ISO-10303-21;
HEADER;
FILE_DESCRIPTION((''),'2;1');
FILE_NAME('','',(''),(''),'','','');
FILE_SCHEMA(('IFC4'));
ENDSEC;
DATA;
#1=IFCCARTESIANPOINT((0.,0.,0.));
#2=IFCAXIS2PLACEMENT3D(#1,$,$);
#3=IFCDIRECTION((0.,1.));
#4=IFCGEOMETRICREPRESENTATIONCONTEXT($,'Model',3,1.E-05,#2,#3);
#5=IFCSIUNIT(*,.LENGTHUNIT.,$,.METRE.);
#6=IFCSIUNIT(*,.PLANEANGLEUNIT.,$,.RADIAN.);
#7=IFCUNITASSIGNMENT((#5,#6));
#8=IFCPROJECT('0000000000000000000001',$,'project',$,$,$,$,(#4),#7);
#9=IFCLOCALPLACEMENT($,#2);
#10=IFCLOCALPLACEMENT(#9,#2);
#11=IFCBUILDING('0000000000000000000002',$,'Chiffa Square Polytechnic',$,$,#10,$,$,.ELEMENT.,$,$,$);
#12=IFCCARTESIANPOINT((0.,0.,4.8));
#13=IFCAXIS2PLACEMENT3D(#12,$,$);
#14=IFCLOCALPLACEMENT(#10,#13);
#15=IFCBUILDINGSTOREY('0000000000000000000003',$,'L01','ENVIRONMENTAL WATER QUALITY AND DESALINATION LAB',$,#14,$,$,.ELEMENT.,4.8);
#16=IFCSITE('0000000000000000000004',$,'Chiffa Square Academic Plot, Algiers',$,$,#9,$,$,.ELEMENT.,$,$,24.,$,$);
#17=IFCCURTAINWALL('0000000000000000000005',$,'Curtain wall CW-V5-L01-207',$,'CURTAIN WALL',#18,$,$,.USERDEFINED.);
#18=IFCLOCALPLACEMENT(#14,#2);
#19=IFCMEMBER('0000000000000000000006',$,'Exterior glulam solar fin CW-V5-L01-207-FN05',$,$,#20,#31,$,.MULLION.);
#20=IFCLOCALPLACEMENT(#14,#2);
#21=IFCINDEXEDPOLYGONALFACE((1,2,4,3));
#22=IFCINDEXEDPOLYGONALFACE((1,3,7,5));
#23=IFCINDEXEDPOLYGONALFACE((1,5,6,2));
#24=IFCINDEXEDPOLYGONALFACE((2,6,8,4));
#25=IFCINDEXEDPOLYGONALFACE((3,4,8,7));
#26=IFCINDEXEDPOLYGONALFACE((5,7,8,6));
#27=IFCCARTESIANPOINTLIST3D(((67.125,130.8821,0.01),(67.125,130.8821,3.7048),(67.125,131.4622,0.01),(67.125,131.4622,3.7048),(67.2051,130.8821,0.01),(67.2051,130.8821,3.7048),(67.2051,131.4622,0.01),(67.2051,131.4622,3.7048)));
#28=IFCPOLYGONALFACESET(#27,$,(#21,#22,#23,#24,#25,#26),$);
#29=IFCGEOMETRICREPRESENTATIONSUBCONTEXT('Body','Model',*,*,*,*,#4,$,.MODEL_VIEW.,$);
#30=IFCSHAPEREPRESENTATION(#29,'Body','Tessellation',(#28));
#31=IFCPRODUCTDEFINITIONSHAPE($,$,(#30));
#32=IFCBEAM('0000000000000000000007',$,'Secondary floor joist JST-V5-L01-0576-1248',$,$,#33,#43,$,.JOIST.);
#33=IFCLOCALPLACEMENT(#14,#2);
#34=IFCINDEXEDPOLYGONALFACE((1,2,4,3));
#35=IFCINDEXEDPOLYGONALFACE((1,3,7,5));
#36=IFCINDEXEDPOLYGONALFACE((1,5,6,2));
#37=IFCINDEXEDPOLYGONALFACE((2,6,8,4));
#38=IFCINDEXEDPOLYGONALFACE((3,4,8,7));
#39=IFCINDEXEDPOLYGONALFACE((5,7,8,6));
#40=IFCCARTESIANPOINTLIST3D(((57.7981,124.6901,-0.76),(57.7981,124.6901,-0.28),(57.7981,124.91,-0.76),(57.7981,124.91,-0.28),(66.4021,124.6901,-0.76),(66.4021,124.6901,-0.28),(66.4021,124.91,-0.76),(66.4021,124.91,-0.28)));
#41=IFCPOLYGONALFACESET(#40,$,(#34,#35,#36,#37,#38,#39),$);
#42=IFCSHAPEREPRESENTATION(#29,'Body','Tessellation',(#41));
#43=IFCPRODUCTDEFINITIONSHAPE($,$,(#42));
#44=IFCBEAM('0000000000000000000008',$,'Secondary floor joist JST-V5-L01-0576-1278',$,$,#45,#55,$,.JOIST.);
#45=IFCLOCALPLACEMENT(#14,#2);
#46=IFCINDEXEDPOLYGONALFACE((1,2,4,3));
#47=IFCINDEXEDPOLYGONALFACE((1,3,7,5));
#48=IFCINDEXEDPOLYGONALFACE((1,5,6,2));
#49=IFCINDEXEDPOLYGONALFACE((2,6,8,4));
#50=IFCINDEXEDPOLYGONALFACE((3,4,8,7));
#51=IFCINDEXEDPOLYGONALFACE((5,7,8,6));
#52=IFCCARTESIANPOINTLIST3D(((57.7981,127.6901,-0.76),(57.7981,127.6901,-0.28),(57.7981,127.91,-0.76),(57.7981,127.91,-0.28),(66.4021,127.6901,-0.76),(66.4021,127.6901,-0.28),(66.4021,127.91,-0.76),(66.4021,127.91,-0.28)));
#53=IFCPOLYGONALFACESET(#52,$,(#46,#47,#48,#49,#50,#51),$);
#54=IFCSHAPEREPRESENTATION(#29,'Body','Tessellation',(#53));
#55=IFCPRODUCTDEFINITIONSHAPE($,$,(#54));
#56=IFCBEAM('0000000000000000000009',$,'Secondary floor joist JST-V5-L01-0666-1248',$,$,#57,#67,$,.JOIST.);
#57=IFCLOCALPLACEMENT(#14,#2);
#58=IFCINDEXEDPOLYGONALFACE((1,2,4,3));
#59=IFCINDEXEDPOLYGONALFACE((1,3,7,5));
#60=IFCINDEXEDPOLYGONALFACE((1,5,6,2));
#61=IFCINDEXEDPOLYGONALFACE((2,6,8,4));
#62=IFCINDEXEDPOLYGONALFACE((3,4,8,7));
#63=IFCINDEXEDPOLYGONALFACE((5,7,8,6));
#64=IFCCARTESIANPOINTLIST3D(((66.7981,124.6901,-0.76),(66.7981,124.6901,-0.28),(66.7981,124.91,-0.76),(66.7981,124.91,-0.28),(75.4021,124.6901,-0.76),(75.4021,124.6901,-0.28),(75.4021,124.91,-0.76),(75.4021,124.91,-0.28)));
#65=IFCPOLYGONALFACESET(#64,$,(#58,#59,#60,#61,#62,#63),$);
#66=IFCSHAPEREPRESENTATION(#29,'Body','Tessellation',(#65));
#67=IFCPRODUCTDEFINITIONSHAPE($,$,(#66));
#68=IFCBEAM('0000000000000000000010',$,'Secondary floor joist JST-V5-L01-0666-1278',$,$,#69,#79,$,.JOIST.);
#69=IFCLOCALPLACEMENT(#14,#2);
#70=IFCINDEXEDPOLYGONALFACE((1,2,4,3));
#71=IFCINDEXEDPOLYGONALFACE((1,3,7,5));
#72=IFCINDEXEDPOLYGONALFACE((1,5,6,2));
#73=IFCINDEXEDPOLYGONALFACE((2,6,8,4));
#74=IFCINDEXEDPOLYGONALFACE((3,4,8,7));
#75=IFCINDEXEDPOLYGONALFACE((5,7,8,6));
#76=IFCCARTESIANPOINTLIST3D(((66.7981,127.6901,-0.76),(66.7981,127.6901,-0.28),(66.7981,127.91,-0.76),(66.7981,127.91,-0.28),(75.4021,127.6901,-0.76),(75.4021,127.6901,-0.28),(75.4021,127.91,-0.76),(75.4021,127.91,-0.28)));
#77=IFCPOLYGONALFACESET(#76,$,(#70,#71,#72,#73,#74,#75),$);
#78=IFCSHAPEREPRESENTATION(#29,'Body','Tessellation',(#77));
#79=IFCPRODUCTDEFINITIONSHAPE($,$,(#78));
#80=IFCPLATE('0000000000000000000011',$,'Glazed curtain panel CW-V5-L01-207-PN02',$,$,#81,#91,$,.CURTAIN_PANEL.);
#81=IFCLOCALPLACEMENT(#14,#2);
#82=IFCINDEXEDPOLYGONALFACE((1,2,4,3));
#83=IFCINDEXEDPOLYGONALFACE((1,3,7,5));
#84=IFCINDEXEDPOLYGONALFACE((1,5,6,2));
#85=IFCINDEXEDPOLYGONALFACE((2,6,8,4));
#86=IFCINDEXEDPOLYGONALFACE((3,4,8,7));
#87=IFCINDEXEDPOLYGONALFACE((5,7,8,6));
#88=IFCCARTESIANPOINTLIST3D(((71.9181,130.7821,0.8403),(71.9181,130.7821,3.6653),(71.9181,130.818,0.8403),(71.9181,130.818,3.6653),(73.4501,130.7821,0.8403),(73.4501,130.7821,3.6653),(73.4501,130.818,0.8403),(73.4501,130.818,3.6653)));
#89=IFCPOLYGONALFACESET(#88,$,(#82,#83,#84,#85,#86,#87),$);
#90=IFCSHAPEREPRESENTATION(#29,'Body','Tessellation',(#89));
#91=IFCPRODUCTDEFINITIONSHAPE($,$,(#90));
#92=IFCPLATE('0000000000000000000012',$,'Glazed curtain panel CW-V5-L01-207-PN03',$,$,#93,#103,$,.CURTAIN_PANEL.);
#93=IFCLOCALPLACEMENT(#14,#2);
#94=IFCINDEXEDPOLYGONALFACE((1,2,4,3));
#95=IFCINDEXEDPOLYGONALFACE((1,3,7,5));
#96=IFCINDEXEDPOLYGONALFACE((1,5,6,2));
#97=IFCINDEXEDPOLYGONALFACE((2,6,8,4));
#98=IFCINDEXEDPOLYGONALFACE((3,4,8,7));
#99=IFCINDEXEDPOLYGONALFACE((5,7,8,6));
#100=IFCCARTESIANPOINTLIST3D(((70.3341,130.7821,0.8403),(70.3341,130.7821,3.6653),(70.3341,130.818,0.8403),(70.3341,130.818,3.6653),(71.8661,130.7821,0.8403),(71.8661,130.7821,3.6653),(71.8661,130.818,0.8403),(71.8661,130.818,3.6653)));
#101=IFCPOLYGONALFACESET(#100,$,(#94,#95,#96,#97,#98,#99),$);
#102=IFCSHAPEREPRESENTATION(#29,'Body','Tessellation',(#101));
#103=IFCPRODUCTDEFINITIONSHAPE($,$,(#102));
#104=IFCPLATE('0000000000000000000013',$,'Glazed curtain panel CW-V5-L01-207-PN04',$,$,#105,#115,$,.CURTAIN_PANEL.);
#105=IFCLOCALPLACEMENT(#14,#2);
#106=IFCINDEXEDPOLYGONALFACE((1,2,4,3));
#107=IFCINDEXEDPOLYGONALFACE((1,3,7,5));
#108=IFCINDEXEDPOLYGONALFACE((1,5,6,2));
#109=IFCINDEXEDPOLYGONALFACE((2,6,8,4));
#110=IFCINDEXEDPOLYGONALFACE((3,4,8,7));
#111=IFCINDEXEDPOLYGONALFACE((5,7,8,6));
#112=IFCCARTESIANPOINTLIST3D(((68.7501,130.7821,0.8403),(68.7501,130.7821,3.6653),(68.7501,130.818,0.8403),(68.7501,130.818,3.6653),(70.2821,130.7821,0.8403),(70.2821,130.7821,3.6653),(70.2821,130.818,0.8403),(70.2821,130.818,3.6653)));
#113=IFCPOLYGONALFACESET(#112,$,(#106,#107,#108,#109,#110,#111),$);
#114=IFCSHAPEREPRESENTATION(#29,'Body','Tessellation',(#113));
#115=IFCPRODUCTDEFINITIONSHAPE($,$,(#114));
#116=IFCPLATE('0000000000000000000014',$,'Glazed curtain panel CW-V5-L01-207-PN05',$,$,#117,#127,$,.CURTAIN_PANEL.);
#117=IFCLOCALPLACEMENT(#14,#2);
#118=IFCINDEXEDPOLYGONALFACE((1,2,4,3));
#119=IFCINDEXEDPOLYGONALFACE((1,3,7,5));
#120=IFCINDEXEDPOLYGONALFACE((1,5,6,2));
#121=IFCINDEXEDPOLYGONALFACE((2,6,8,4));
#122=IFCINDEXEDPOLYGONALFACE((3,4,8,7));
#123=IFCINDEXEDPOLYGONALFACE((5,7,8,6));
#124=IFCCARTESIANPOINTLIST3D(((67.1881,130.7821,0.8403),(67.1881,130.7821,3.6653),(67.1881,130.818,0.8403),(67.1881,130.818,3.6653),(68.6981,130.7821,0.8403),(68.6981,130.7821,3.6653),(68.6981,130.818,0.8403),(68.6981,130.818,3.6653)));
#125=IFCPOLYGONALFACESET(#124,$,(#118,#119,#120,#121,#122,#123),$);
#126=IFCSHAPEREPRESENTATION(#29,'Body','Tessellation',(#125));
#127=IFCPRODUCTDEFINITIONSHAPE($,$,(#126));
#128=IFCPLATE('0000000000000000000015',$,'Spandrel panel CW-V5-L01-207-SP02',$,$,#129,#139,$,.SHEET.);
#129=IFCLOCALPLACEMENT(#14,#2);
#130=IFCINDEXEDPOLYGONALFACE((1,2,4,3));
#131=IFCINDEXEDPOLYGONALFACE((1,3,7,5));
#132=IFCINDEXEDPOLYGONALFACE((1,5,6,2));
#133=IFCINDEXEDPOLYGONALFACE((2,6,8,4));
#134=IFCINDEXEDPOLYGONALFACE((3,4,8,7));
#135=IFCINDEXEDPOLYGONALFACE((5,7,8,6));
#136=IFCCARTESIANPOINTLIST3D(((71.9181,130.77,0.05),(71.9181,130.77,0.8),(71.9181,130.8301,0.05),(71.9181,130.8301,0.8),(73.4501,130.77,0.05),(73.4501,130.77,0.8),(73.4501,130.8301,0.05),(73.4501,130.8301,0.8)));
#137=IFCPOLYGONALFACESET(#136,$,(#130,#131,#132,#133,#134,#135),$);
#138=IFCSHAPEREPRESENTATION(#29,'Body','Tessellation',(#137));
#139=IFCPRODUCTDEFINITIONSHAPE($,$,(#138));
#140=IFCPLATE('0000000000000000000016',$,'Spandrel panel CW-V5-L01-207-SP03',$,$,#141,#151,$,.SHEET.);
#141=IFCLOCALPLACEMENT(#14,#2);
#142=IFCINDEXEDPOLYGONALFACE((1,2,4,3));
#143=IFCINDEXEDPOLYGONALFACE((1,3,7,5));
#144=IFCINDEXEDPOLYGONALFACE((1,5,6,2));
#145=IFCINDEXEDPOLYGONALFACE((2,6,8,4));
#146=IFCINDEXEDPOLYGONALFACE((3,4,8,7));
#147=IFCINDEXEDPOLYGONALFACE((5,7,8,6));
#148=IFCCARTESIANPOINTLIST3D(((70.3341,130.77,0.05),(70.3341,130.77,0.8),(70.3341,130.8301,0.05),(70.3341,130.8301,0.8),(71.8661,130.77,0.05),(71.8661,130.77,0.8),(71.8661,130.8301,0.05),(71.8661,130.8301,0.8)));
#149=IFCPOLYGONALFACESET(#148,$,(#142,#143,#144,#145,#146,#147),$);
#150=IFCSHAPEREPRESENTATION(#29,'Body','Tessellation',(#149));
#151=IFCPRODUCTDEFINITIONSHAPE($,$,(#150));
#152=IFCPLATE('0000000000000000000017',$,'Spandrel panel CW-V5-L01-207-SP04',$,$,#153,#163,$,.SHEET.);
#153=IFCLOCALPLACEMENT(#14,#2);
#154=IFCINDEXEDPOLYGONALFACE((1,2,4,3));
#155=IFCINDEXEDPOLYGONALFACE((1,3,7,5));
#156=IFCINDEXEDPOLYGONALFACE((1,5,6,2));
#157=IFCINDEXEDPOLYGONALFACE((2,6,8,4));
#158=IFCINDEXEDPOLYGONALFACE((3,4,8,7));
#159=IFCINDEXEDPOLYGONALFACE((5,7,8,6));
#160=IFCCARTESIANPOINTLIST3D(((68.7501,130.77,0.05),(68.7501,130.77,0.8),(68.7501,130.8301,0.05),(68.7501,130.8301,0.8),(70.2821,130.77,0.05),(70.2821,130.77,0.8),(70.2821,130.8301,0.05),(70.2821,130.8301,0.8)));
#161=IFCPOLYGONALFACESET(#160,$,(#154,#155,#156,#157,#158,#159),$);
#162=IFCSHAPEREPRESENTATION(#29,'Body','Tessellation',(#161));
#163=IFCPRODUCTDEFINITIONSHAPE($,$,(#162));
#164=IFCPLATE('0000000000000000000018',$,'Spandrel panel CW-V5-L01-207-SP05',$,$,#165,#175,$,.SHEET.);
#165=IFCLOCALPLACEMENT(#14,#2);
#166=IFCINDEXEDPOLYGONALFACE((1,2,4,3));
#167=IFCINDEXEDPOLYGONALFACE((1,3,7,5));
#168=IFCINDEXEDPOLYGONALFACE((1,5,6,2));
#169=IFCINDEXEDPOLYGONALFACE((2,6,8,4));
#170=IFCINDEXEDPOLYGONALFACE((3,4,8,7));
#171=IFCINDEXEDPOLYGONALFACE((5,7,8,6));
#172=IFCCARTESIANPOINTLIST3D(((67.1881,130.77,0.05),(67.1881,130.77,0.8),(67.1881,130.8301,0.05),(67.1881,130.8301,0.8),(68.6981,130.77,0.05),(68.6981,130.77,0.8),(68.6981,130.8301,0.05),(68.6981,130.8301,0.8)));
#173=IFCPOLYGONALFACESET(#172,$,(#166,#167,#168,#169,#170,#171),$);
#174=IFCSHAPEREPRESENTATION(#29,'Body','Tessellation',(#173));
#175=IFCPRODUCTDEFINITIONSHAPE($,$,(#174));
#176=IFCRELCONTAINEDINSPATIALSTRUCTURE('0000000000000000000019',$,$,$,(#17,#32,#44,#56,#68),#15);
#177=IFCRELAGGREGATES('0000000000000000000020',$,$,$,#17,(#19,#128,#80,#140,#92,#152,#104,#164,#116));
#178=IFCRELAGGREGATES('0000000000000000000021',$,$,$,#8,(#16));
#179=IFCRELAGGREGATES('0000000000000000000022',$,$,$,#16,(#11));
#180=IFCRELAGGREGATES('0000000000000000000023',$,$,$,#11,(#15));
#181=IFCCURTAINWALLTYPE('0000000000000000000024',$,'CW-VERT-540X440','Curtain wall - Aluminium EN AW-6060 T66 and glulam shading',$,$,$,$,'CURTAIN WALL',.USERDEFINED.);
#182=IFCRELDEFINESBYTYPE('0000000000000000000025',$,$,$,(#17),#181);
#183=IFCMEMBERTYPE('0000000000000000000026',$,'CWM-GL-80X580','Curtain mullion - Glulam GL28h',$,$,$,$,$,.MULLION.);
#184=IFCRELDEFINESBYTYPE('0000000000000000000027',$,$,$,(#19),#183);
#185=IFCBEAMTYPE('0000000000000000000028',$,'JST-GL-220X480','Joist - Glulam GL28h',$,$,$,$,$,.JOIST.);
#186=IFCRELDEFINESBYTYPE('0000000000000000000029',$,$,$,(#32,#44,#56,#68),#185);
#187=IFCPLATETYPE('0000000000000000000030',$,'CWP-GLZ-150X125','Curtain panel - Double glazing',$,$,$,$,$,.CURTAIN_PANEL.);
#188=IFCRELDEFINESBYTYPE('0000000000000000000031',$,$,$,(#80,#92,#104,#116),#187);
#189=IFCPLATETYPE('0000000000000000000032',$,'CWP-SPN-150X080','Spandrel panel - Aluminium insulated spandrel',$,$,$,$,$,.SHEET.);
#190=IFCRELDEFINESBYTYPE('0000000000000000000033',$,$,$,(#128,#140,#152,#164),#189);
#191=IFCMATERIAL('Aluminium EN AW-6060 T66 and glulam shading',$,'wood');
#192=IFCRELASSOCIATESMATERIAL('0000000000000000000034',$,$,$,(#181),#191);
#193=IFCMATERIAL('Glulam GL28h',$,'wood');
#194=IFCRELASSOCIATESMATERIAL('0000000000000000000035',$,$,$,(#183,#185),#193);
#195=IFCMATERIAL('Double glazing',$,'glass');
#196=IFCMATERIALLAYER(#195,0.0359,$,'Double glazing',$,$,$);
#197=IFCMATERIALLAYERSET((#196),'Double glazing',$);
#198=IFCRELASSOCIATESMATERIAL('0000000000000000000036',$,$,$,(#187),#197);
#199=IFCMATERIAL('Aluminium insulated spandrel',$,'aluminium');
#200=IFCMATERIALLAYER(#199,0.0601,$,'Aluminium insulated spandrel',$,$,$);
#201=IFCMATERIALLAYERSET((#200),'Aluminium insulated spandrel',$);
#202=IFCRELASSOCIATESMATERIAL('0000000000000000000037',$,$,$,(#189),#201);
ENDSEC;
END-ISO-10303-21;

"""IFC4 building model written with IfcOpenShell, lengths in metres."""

from ifc_helpers import new_model, si_unit, direction, frame, origin, origin_2d, place, context, subcontext, project, spatial, rectangle, extrude, material, layer, layer_set, material_profile, profile_set, type_object, element, aggregate, save


model = new_model("IFC4")

# Units and contexts
model_context = context("Model", 3, precision=1e-05, world=origin(), true_north=direction((0.0, 1.0)))
body_context = subcontext(model_context, "Body", "Model", "MODEL_VIEW")
ifc_project = project(units=[si_unit("LENGTHUNIT", "METRE"), si_unit("PLANEANGLEUNIT", "RADIAN")], contexts=[model_context])

# Site, building, storey
site_placement = place(None, origin())
site = spatial("IfcSite", under=ifc_project, at=site_placement, Name="Chiffa Square Academic Plot, Algiers", CompositionType="ELEMENT", RefElevation=24.0)
building_placement = place(site_placement, origin())
building = spatial("IfcBuilding", under=site, at=building_placement, Name="Chiffa Square Polytechnic", CompositionType="ELEMENT")
storey_placement = place(building_placement, frame((0.0, 0.0, 4.8)))
storey = spatial("IfcBuildingStorey", under=building, at=storey_placement, Name="L01", Description="ENVIRONMENTAL WATER QUALITY AND DESALINATION LAB", CompositionType="ELEMENT", Elevation=4.8)

# Curtain wall, member
ifc_material_1 = material(Name="Aluminium EN AW-6060 T66 and glulam shading", Category="wood")
curtain_wall_type = type_object("IfcCurtainWallType", Name="CW-VERT-540X440", Description="Curtain wall - Aluminium EN AW-6060 T66 and glulam shading", ElementType="CURTAIN WALL", PredefinedType="USERDEFINED", material=ifc_material_1)
curtain_wall_placement = place(storey_placement, origin())
curtain_wall = element("IfcCurtainWall", 1, at=curtain_wall_placement, inside=storey, type_object=curtain_wall_type, Name="Curtain wall CW-V5-L01-207", ObjectType="CURTAIN WALL", PredefinedType="USERDEFINED")
ifc_material_2 = material(Name="Glulam GL28h", Category="wood")
ifc_material_profile_1 = material_profile(ifc_material_2, rectangle(XDim=0.0801, YDim=0.5801, at=origin_2d()), Name="GL28h 80x580")
ifc_profile_set_1 = profile_set([ifc_material_profile_1], Name="Glulam GL28h")
member_type_1 = type_object("IfcMemberType", Name="CWM-GL-80X580", Description="Curtain mullion - Glulam GL28h", PredefinedType="MULLION", material=ifc_profile_set_1)
member_1_placement = place(storey_placement, frame((67.165, 131.1721, 0.01), z_axis=(0.0, 0.0, 1.0), x_axis=(-1.0, 0.0, 0.0)))
member_1 = element("IfcMember", 2, at=member_1_placement, type_object=member_type_1, Name="Exterior glulam solar fin CW-V5-L01-207-FN05", PredefinedType="MULLION", context=body_context, shape_type="SweptSolid", body=[
    extrude(rectangle(XDim=0.0801, YDim=0.5801, at=origin_2d()), origin(), (0.0, 0.0, 1.0), 3.6948),
])

# Beams
ifc_material_profile_2 = material_profile(ifc_material_2, rectangle(XDim=0.22, YDim=0.48, at=origin_2d()), Name="GL28h 220x480")
ifc_profile_set_2 = profile_set([ifc_material_profile_2], Name="Glulam GL28h")
beam_type_1 = type_object("IfcBeamType", Name="JST-GL-220X480", Description="Joist - Glulam GL28h", PredefinedType="JOIST", material=ifc_profile_set_2)
for number, where, z_axis, x_axis, name in (
    (3, (57.7981, 124.8, -0.52), (1.0, 0.0, 0.0), (0.0, 1.0, 0.0), "Secondary floor joist JST-V5-L01-0576-1248"),
    (4, (57.7981, 127.8, -0.52), (1.0, 0.0, 0.0), (0.0, 1.0, 0.0), "Secondary floor joist JST-V5-L01-0576-1278"),
    (5, (66.7981, 124.8, -0.52), (1.0, 0.0, 0.0), (0.0, 1.0, 0.0), "Secondary floor joist JST-V5-L01-0666-1248"),
    (6, (66.7981, 127.8, -0.52), (1.0, 0.0, 0.0), (0.0, 1.0, 0.0), "Secondary floor joist JST-V5-L01-0666-1278"),
):
    element("IfcBeam", number, at=place(storey_placement, frame(where, z_axis=z_axis, x_axis=x_axis)), inside=storey, type_object=beam_type_1, Name=name, PredefinedType="JOIST", context=body_context, shape_type="SweptSolid", body=[
        extrude(rectangle(XDim=0.22, YDim=0.48, at=origin_2d()), origin(), (0.0, 0.0, 1.0), 8.604),
    ])

# Plates
ifc_material_3 = material(Name="Double glazing", Category="glass")
ifc_layer_1 = layer(ifc_material_3, 0.0359, Name="Double glazing")
ifc_layer_set_1 = layer_set([ifc_layer_1], Name="Double glazing")
plate_type_1 = type_object("IfcPlateType", Name="CWP-GLZ-150X125", Description="Curtain panel - Double glazing", PredefinedType="CURTAIN_PANEL", material=ifc_layer_set_1)
plate_1_placement = place(storey_placement, frame((72.6841, 130.8, 0.8403), z_axis=(0.0, 0.0, 1.0), x_axis=(-1.0, 0.0, 0.0)))
plate_1 = element("IfcPlate", 7, at=plate_1_placement, type_object=plate_type_1, Name="Glazed curtain panel CW-V5-L01-207-PN02", PredefinedType="CURTAIN_PANEL", context=body_context, shape_type="SweptSolid", body=[
    extrude(rectangle(XDim=1.532, YDim=0.0359, at=origin_2d()), origin(), (0.0, 0.0, 1.0), 2.825),
])
plate_2_placement = place(storey_placement, frame((71.1001, 130.8, 0.8403), z_axis=(0.0, 0.0, 1.0), x_axis=(-1.0, 0.0, 0.0)))
plate_2 = element("IfcPlate", 8, at=plate_2_placement, type_object=plate_type_1, Name="Glazed curtain panel CW-V5-L01-207-PN03", PredefinedType="CURTAIN_PANEL", context=body_context, shape_type="SweptSolid", body=[
    extrude(rectangle(XDim=1.532, YDim=0.0359, at=origin_2d()), origin(), (0.0, 0.0, 1.0), 2.825),
])
plate_3_placement = place(storey_placement, frame((69.5161, 130.8, 0.8403), z_axis=(0.0, 0.0, 1.0), x_axis=(-1.0, 0.0, 0.0)))
plate_3 = element("IfcPlate", 9, at=plate_3_placement, type_object=plate_type_1, Name="Glazed curtain panel CW-V5-L01-207-PN04", PredefinedType="CURTAIN_PANEL", context=body_context, shape_type="SweptSolid", body=[
    extrude(rectangle(XDim=1.532, YDim=0.0359, at=origin_2d()), origin(), (0.0, 0.0, 1.0), 2.825),
])
plate_4_placement = place(storey_placement, frame((67.9431, 130.8, 0.8403), z_axis=(0.0, 0.0, 1.0), x_axis=(-1.0, 0.0, 0.0)))
plate_4 = element("IfcPlate", 10, at=plate_4_placement, type_object=plate_type_1, Name="Glazed curtain panel CW-V5-L01-207-PN05", PredefinedType="CURTAIN_PANEL", context=body_context, shape_type="SweptSolid", body=[
    extrude(rectangle(XDim=1.51, YDim=0.0359, at=origin_2d()), origin(), (0.0, 0.0, 1.0), 2.825),
])
ifc_material_4 = material(Name="Aluminium insulated spandrel", Category="aluminium")
ifc_layer_2 = layer(ifc_material_4, 0.0601, Name="Aluminium insulated spandrel")
ifc_layer_set_2 = layer_set([ifc_layer_2], Name="Aluminium insulated spandrel")
plate_type_2 = type_object("IfcPlateType", Name="CWP-SPN-150X080", Description="Spandrel panel - Aluminium insulated spandrel", PredefinedType="SHEET", material=ifc_layer_set_2)
plate_5_placement = place(storey_placement, frame((72.6841, 130.8, 0.05), z_axis=(0.0, 0.0, 1.0), x_axis=(-1.0, 0.0, 0.0)))
plate_5 = element("IfcPlate", 11, at=plate_5_placement, type_object=plate_type_2, Name="Spandrel panel CW-V5-L01-207-SP02", PredefinedType="SHEET", context=body_context, shape_type="SweptSolid", body=[
    extrude(rectangle(XDim=1.532, YDim=0.0601, at=origin_2d()), origin(), (0.0, 0.0, 1.0), 0.75),
])
plate_6_placement = place(storey_placement, frame((71.1001, 130.8, 0.05), z_axis=(0.0, 0.0, 1.0), x_axis=(-1.0, 0.0, 0.0)))
plate_6 = element("IfcPlate", 12, at=plate_6_placement, type_object=plate_type_2, Name="Spandrel panel CW-V5-L01-207-SP03", PredefinedType="SHEET", context=body_context, shape_type="SweptSolid", body=[
    extrude(rectangle(XDim=1.532, YDim=0.0601, at=origin_2d()), origin(), (0.0, 0.0, 1.0), 0.75),
])
plate_7_placement = place(storey_placement, frame((69.5161, 130.8, 0.05), z_axis=(0.0, 0.0, 1.0), x_axis=(-1.0, 0.0, 0.0)))
plate_7 = element("IfcPlate", 13, at=plate_7_placement, type_object=plate_type_2, Name="Spandrel panel CW-V5-L01-207-SP04", PredefinedType="SHEET", context=body_context, shape_type="SweptSolid", body=[
    extrude(rectangle(XDim=1.532, YDim=0.0601, at=origin_2d()), origin(), (0.0, 0.0, 1.0), 0.75),
])
plate_8_placement = place(storey_placement, frame((67.9431, 130.8, 0.05), z_axis=(0.0, 0.0, 1.0), x_axis=(-1.0, 0.0, 0.0)))
plate_8 = element("IfcPlate", 14, at=plate_8_placement, type_object=plate_type_2, Name="Spandrel panel CW-V5-L01-207-SP05", PredefinedType="SHEET", context=body_context, shape_type="SweptSolid", body=[
    extrude(rectangle(XDim=1.51, YDim=0.0601, at=origin_2d()), origin(), (0.0, 0.0, 1.0), 0.75),
])
aggregate(curtain_wall, [member_1, plate_5, plate_1, plate_6, plate_2, plate_7, plate_3, plate_8, plate_4])

save(model, "model.ifc")
